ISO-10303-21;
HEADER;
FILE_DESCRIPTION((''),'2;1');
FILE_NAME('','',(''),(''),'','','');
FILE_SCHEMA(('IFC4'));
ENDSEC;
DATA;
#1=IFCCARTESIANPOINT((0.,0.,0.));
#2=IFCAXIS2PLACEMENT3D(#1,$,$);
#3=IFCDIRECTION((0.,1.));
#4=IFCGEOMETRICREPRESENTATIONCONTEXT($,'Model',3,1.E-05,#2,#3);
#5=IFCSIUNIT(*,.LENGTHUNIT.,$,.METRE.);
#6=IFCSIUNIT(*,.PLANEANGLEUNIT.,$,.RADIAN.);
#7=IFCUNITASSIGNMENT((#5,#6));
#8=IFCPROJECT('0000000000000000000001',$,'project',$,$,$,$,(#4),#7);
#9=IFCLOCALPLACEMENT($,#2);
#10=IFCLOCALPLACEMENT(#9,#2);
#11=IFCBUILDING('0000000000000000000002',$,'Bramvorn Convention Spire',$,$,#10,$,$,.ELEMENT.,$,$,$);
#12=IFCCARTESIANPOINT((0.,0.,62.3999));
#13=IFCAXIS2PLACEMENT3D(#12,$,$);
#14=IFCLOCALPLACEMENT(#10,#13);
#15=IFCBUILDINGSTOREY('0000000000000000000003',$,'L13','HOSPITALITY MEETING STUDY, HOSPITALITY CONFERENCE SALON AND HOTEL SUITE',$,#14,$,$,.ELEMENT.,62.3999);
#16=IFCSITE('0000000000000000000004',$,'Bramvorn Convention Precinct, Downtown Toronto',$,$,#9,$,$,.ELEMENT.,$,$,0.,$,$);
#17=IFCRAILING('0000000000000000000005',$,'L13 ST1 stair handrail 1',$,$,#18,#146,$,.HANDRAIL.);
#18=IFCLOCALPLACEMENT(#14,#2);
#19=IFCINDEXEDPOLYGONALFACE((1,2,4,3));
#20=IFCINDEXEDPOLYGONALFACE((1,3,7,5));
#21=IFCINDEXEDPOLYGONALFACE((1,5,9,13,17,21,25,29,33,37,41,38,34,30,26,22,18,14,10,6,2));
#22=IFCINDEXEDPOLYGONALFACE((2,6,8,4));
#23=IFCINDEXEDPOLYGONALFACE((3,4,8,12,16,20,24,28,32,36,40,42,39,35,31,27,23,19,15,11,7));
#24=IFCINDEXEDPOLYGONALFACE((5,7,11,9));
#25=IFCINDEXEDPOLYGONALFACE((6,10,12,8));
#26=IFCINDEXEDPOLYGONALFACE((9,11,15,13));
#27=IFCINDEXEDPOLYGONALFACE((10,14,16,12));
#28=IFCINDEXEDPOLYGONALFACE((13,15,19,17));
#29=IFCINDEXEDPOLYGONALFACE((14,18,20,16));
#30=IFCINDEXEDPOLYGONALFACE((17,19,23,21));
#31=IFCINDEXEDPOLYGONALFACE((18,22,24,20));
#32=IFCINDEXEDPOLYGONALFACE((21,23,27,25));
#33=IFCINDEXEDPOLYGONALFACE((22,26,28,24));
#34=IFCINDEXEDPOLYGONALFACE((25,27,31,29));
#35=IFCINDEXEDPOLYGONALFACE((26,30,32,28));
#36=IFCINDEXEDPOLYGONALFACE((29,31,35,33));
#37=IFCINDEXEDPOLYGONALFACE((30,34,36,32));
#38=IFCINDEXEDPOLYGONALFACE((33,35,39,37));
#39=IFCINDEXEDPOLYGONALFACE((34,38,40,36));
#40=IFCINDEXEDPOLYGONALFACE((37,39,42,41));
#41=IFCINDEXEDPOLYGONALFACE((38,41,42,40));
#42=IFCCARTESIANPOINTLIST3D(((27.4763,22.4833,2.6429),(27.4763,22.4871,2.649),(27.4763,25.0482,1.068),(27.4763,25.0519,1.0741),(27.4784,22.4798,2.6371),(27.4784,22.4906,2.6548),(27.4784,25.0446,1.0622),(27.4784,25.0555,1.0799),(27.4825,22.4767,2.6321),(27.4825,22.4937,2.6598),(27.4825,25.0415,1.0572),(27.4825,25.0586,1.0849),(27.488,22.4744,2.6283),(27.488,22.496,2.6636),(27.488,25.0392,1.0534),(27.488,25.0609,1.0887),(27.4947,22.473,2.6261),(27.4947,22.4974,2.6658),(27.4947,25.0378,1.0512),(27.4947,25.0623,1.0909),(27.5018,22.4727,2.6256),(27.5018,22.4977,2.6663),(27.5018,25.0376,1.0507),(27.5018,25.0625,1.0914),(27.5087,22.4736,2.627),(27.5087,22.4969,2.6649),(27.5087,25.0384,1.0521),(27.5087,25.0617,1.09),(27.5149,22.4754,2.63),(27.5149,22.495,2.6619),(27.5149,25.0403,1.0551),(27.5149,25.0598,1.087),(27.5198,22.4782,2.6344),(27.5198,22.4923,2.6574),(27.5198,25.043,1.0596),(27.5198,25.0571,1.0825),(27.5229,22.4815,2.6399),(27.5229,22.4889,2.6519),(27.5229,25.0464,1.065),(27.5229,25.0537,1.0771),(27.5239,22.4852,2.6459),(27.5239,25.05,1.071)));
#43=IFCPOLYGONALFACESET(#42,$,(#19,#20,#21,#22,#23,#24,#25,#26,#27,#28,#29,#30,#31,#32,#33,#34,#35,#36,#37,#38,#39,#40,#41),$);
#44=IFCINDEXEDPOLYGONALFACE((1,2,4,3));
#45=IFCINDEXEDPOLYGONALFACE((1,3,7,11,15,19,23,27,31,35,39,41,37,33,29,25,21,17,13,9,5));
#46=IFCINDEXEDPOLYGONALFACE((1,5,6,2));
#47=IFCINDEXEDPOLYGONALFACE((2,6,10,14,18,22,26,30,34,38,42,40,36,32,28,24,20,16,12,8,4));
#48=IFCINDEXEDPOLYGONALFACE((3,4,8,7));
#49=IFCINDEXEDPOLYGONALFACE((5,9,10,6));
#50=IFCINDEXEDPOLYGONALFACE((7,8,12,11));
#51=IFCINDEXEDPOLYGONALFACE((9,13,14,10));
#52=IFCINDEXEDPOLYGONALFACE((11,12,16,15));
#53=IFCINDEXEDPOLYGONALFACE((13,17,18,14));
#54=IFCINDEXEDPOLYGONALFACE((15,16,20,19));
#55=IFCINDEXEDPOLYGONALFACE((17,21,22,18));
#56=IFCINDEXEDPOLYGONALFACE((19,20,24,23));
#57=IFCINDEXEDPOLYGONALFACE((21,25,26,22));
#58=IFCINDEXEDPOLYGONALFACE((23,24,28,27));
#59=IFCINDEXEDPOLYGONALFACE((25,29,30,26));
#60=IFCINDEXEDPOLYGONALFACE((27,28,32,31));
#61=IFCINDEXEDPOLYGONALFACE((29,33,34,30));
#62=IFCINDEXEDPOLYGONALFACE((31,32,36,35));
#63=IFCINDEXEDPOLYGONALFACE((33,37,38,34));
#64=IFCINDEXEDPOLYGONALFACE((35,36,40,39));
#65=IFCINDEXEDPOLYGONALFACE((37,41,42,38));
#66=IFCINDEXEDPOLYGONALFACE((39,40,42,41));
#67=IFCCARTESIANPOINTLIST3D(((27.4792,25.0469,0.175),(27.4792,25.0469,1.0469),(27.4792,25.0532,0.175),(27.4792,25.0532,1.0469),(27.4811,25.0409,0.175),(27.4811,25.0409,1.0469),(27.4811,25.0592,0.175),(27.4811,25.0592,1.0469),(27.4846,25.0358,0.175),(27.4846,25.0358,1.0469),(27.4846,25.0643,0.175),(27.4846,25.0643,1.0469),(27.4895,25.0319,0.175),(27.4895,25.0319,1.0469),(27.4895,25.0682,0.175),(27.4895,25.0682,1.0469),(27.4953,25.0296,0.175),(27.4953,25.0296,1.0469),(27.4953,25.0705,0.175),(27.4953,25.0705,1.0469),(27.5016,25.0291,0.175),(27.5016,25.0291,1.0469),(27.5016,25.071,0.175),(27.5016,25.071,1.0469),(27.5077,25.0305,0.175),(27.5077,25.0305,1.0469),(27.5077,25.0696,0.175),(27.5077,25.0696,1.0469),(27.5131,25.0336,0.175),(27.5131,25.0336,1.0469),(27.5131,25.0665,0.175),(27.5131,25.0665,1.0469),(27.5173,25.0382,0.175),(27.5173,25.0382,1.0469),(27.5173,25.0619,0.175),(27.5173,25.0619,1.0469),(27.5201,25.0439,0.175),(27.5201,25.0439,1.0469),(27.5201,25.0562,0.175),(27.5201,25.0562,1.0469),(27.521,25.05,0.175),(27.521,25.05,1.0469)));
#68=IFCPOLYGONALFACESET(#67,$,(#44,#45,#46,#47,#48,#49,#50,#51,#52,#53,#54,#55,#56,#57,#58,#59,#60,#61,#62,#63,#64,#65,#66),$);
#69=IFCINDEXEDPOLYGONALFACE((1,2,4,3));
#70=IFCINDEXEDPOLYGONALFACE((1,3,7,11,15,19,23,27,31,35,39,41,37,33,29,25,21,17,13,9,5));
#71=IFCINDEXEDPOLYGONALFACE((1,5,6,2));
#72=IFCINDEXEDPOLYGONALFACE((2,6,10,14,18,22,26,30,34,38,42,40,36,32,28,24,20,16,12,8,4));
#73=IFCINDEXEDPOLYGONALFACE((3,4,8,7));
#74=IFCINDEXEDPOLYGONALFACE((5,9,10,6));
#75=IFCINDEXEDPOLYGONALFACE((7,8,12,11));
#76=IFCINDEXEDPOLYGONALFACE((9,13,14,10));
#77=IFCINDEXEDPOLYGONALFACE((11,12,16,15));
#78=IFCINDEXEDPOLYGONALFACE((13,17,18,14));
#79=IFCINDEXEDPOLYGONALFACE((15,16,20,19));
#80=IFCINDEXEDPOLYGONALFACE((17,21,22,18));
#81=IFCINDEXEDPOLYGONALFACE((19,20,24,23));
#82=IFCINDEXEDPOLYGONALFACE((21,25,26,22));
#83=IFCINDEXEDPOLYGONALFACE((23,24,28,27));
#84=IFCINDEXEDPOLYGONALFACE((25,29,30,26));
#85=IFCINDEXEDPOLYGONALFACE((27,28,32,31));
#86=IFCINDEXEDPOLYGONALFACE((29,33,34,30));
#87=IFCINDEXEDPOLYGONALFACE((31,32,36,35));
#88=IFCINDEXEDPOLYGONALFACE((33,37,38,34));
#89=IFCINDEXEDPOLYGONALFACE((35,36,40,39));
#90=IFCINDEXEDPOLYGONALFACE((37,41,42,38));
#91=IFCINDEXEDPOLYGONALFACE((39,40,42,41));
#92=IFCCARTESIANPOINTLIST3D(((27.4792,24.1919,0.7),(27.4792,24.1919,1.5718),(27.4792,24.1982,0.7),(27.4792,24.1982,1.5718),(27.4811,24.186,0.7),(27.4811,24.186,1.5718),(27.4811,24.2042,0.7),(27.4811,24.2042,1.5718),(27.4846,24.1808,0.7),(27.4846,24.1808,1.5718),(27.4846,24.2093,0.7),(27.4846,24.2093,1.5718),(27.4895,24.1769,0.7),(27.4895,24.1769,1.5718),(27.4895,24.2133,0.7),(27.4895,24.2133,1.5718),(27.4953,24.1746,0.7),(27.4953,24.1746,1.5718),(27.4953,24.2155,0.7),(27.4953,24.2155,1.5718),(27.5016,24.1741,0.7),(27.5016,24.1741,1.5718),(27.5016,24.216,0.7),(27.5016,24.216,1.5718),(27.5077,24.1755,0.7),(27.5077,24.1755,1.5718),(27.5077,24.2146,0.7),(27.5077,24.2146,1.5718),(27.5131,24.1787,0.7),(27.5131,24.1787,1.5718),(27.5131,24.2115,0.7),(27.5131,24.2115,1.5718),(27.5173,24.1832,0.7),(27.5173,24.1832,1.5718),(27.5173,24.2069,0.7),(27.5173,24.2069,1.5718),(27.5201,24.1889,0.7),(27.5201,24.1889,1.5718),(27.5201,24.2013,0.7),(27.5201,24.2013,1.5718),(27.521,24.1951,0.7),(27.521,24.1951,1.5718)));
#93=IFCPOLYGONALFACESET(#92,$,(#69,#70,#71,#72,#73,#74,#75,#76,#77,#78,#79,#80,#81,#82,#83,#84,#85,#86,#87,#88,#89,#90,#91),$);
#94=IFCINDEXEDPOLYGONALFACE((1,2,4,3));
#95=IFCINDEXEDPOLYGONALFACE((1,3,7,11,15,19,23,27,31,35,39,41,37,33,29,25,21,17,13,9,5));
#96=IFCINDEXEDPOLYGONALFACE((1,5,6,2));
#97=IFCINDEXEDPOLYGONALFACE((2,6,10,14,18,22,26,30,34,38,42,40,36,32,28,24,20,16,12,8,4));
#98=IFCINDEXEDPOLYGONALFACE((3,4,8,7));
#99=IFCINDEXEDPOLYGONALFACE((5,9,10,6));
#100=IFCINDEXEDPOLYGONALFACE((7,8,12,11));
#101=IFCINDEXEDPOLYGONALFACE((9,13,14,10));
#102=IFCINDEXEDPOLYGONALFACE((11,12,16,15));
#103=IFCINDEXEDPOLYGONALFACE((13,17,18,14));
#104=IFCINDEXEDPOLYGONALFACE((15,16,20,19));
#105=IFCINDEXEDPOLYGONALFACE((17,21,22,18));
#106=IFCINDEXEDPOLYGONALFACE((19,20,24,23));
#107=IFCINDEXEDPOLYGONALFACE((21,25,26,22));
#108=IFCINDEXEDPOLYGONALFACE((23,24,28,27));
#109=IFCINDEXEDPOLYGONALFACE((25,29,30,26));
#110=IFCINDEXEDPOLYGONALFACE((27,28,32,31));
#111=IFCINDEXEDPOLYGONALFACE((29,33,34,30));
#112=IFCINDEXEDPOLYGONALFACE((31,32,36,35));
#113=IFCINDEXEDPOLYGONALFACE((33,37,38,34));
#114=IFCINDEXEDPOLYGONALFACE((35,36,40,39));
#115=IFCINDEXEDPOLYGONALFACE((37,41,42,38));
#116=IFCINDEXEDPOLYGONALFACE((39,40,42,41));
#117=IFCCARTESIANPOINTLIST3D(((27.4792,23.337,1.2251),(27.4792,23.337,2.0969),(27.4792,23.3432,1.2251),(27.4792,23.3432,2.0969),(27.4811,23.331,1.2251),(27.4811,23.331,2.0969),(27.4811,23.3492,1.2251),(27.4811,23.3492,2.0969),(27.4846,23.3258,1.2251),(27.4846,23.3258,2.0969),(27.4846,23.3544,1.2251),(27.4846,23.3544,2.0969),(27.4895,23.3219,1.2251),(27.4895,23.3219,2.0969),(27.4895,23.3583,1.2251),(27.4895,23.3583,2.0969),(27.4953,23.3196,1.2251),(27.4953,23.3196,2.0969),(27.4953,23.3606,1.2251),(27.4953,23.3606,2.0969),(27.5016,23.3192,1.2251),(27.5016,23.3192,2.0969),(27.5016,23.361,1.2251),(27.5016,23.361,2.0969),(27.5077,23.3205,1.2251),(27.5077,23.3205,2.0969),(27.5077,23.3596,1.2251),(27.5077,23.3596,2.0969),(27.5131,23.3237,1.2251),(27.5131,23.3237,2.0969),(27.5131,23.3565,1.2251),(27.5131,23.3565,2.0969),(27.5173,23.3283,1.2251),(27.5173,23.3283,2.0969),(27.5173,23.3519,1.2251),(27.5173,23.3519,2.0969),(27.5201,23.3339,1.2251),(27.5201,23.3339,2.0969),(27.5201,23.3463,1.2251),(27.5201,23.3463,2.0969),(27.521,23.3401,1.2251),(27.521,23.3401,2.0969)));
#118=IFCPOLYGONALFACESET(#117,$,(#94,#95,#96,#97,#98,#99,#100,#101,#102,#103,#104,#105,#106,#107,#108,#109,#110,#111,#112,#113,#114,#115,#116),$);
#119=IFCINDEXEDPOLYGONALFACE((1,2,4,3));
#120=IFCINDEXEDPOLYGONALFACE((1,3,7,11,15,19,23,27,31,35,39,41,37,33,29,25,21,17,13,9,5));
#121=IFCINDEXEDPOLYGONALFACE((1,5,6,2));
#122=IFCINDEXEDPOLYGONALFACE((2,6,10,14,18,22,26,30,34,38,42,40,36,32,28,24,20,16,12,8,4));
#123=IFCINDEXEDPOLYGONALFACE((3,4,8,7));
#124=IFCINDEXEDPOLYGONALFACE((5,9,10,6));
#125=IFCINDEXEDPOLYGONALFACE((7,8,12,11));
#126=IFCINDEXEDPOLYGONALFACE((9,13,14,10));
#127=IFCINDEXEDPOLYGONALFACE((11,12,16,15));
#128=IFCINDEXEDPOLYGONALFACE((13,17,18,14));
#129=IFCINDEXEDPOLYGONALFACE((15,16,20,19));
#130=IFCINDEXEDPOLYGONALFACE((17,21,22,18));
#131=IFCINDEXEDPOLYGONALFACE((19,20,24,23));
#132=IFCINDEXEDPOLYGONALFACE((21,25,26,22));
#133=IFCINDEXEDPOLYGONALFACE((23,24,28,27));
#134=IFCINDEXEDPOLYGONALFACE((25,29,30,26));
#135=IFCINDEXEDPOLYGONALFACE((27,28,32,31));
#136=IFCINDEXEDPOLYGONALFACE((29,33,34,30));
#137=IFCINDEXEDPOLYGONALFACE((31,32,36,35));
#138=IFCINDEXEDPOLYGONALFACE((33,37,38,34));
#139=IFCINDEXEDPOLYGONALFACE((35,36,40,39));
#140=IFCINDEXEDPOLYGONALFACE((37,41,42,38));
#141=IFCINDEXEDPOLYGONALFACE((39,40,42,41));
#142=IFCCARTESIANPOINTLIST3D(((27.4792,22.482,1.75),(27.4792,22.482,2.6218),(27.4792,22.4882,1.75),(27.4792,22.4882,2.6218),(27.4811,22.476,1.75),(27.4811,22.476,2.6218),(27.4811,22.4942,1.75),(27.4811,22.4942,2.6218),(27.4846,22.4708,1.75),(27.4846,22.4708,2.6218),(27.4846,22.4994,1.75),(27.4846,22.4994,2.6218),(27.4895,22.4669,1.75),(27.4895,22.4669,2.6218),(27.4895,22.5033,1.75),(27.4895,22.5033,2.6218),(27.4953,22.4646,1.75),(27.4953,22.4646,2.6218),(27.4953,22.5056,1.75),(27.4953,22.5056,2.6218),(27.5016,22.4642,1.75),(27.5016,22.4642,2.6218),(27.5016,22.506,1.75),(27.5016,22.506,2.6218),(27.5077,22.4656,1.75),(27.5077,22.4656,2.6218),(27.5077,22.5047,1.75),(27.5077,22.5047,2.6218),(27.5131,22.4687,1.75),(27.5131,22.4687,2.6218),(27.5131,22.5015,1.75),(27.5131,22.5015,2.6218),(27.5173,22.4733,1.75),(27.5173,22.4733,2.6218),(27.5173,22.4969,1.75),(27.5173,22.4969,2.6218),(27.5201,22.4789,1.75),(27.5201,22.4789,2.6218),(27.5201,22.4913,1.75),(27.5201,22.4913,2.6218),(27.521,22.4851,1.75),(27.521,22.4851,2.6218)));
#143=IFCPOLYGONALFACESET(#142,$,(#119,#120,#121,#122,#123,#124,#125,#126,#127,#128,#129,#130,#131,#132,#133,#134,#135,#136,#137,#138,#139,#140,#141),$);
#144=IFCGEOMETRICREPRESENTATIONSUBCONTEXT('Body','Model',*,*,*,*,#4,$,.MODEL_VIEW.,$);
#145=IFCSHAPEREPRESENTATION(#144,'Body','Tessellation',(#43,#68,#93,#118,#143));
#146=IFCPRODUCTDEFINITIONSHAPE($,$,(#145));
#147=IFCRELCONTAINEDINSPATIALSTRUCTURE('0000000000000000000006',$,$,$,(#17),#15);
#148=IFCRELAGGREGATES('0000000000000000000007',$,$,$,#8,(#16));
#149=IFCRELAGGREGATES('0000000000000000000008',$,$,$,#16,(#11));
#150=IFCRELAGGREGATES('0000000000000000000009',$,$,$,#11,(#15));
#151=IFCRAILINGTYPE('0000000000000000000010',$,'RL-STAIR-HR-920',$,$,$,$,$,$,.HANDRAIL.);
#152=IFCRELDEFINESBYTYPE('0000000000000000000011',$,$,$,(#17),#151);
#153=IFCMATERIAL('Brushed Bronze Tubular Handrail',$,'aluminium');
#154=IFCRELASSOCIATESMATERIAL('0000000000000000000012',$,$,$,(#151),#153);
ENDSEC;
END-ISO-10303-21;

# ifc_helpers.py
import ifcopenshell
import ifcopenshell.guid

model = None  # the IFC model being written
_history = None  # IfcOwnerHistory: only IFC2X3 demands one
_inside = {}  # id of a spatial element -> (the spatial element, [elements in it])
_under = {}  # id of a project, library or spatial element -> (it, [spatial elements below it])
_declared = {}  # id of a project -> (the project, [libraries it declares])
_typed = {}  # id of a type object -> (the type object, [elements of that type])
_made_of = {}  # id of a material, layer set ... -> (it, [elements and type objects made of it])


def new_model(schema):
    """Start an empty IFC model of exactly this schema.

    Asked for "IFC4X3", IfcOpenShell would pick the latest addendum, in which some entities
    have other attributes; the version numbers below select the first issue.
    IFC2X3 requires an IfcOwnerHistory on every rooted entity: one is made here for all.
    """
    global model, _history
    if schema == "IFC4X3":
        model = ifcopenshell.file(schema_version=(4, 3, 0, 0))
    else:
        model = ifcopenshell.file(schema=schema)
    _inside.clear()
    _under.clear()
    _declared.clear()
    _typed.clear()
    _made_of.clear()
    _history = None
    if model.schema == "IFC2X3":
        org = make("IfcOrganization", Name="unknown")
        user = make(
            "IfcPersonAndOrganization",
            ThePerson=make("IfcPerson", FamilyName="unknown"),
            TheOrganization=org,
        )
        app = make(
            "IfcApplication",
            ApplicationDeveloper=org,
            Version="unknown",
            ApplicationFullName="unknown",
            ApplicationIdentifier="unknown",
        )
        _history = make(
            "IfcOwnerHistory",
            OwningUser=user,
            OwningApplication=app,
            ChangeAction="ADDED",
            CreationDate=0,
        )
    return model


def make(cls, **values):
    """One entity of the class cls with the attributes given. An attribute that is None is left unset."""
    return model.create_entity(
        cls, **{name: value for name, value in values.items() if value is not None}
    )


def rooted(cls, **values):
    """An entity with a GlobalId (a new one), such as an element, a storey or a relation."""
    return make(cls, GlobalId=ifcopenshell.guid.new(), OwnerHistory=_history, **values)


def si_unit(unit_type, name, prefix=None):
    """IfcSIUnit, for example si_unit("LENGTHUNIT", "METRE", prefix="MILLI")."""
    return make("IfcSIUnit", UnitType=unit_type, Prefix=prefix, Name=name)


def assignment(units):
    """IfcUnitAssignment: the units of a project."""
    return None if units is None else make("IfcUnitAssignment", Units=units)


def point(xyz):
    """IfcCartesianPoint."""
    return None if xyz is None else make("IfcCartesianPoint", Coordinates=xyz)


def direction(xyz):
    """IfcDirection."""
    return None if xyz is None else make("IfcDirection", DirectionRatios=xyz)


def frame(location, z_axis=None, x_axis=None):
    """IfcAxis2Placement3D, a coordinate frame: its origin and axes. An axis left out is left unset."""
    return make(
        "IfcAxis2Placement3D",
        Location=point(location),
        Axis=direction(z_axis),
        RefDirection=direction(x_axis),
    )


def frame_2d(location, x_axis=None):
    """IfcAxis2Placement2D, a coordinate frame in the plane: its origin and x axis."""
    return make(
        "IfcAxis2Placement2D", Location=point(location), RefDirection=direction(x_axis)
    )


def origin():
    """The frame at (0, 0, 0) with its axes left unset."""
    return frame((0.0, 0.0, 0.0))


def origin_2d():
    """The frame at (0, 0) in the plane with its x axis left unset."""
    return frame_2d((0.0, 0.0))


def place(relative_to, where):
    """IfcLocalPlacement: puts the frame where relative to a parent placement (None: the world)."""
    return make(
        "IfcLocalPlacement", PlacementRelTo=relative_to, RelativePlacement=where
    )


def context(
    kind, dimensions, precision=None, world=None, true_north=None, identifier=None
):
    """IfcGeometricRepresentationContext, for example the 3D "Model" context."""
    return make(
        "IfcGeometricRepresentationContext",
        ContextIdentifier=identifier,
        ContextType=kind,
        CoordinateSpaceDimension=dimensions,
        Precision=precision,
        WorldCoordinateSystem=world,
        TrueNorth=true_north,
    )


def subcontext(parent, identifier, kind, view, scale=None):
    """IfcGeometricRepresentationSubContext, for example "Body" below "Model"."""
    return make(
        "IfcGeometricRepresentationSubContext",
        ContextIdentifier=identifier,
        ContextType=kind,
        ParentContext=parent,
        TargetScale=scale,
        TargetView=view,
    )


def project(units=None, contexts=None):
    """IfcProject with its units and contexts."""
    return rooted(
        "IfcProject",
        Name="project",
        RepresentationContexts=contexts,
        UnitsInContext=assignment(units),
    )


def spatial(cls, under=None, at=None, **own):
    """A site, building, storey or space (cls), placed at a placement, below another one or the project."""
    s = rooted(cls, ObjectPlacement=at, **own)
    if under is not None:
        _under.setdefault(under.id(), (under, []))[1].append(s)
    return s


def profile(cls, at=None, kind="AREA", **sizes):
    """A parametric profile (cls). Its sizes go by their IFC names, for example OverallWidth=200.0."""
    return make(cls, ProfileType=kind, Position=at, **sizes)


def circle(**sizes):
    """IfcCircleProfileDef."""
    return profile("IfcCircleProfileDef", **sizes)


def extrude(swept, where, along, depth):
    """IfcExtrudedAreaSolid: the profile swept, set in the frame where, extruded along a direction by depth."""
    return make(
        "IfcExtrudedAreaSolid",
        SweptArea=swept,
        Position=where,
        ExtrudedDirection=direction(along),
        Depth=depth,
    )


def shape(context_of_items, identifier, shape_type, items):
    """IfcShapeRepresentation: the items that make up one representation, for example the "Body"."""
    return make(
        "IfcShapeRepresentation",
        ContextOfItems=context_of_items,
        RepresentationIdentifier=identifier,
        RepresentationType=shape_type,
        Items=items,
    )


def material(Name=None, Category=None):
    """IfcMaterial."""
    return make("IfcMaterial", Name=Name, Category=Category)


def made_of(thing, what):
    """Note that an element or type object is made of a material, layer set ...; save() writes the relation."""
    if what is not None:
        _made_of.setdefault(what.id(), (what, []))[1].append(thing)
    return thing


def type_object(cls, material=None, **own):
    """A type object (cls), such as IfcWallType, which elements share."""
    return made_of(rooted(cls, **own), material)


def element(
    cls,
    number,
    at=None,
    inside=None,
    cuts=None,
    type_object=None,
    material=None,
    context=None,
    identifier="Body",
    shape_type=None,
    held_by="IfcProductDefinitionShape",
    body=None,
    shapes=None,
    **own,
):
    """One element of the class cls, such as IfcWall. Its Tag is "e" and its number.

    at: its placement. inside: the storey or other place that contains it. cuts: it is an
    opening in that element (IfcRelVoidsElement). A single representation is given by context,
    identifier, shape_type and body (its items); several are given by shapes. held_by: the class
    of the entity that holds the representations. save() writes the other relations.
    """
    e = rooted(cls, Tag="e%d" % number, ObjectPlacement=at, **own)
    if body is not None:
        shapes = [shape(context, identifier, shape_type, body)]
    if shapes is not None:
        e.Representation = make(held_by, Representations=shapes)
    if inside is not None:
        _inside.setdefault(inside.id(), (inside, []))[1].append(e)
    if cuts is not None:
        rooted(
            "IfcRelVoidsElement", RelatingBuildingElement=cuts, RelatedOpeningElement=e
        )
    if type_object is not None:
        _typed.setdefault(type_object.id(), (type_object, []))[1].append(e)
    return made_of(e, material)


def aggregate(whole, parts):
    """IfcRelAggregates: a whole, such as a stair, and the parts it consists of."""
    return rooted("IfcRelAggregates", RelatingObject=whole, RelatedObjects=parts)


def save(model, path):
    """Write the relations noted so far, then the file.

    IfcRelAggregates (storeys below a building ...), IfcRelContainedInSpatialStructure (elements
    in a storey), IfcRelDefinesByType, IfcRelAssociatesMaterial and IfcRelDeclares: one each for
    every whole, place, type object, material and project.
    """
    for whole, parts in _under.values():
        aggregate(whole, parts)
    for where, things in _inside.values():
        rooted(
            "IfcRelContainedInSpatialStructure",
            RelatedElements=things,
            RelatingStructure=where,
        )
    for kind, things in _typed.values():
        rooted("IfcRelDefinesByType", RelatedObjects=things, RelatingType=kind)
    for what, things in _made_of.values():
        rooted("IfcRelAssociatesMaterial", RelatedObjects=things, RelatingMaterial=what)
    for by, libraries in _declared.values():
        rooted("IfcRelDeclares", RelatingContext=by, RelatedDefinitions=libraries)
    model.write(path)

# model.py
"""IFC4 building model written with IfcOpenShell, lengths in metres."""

from ifc_helpers import new_model, si_unit, direction, frame, origin, origin_2d, place, context, subcontext, project, spatial, circle, extrude, material, type_object, element, save


model = new_model("IFC4")

# Units and contexts
model_context = context("Model", 3, precision=1e-05, world=origin(), true_north=direction((0.0, 1.0)))
body_context = subcontext(model_context, "Body", "Model", "MODEL_VIEW")
ifc_project = project(units=[si_unit("LENGTHUNIT", "METRE"), si_unit("PLANEANGLEUNIT", "RADIAN")], contexts=[model_context])

# Site, building, storey
site_placement = place(None, origin())
site = spatial("IfcSite", under=ifc_project, at=site_placement, Name="Bramvorn Convention Precinct, Downtown Toronto", CompositionType="ELEMENT", RefElevation=0.0)
building_placement = place(site_placement, origin())
building = spatial("IfcBuilding", under=site, at=building_placement, Name="Bramvorn Convention Spire", CompositionType="ELEMENT")
storey_placement = place(building_placement, frame((0.0, 0.0, 62.3999)))
storey = spatial("IfcBuildingStorey", under=building, at=storey_placement, Name="L13", Description="HOSPITALITY MEETING STUDY, HOSPITALITY CONFERENCE SALON AND HOTEL SUITE", CompositionType="ELEMENT", Elevation=62.3999)

# Railing
ifc_material_1 = material(Name="Brushed Bronze Tubular Handrail", Category="aluminium")
railing_type_1 = type_object("IfcRailingType", Name="RL-STAIR-HR-920", PredefinedType="HANDRAIL", material=ifc_material_1)
for number, where, name in (
    (1, (27.5, 25.05, 0.175), "L13 ST1 stair handrail 1"),
):
    element("IfcRailing", number, at=place(storey_placement, frame(where)), inside=storey, type_object=railing_type_1, Name=name, PredefinedType="HANDRAIL", context=body_context, shape_type="SweptSolid", body=[
        extrude(circle(Radius=0.0239, at=origin_2d()), frame((0.0, 0.0, 0.896), z_axis=(0.0, -0.852173, 0.52326), x_axis=(1.0, 0.0, 0.0)), (0.0, 0.0, 1.0), 3.0098),
        extrude(circle(Radius=0.021, at=origin_2d()), origin(), (0.0, 0.0, 1.0), 0.8718),
        extrude(circle(Radius=0.021, at=origin_2d()), frame((0.0, -0.855, 0.5249)), (0.0, 0.0, 1.0), 0.8718),
        extrude(circle(Radius=0.021, at=origin_2d()), frame((0.0, -1.71, 1.05)), (0.0, 0.0, 1.0), 0.8718),
        extrude(circle(Radius=0.021, at=origin_2d()), frame((0.0, -2.5649, 1.575)), (0.0, 0.0, 1.0), 0.8718),
    ])

save(model, "model.ifc")
